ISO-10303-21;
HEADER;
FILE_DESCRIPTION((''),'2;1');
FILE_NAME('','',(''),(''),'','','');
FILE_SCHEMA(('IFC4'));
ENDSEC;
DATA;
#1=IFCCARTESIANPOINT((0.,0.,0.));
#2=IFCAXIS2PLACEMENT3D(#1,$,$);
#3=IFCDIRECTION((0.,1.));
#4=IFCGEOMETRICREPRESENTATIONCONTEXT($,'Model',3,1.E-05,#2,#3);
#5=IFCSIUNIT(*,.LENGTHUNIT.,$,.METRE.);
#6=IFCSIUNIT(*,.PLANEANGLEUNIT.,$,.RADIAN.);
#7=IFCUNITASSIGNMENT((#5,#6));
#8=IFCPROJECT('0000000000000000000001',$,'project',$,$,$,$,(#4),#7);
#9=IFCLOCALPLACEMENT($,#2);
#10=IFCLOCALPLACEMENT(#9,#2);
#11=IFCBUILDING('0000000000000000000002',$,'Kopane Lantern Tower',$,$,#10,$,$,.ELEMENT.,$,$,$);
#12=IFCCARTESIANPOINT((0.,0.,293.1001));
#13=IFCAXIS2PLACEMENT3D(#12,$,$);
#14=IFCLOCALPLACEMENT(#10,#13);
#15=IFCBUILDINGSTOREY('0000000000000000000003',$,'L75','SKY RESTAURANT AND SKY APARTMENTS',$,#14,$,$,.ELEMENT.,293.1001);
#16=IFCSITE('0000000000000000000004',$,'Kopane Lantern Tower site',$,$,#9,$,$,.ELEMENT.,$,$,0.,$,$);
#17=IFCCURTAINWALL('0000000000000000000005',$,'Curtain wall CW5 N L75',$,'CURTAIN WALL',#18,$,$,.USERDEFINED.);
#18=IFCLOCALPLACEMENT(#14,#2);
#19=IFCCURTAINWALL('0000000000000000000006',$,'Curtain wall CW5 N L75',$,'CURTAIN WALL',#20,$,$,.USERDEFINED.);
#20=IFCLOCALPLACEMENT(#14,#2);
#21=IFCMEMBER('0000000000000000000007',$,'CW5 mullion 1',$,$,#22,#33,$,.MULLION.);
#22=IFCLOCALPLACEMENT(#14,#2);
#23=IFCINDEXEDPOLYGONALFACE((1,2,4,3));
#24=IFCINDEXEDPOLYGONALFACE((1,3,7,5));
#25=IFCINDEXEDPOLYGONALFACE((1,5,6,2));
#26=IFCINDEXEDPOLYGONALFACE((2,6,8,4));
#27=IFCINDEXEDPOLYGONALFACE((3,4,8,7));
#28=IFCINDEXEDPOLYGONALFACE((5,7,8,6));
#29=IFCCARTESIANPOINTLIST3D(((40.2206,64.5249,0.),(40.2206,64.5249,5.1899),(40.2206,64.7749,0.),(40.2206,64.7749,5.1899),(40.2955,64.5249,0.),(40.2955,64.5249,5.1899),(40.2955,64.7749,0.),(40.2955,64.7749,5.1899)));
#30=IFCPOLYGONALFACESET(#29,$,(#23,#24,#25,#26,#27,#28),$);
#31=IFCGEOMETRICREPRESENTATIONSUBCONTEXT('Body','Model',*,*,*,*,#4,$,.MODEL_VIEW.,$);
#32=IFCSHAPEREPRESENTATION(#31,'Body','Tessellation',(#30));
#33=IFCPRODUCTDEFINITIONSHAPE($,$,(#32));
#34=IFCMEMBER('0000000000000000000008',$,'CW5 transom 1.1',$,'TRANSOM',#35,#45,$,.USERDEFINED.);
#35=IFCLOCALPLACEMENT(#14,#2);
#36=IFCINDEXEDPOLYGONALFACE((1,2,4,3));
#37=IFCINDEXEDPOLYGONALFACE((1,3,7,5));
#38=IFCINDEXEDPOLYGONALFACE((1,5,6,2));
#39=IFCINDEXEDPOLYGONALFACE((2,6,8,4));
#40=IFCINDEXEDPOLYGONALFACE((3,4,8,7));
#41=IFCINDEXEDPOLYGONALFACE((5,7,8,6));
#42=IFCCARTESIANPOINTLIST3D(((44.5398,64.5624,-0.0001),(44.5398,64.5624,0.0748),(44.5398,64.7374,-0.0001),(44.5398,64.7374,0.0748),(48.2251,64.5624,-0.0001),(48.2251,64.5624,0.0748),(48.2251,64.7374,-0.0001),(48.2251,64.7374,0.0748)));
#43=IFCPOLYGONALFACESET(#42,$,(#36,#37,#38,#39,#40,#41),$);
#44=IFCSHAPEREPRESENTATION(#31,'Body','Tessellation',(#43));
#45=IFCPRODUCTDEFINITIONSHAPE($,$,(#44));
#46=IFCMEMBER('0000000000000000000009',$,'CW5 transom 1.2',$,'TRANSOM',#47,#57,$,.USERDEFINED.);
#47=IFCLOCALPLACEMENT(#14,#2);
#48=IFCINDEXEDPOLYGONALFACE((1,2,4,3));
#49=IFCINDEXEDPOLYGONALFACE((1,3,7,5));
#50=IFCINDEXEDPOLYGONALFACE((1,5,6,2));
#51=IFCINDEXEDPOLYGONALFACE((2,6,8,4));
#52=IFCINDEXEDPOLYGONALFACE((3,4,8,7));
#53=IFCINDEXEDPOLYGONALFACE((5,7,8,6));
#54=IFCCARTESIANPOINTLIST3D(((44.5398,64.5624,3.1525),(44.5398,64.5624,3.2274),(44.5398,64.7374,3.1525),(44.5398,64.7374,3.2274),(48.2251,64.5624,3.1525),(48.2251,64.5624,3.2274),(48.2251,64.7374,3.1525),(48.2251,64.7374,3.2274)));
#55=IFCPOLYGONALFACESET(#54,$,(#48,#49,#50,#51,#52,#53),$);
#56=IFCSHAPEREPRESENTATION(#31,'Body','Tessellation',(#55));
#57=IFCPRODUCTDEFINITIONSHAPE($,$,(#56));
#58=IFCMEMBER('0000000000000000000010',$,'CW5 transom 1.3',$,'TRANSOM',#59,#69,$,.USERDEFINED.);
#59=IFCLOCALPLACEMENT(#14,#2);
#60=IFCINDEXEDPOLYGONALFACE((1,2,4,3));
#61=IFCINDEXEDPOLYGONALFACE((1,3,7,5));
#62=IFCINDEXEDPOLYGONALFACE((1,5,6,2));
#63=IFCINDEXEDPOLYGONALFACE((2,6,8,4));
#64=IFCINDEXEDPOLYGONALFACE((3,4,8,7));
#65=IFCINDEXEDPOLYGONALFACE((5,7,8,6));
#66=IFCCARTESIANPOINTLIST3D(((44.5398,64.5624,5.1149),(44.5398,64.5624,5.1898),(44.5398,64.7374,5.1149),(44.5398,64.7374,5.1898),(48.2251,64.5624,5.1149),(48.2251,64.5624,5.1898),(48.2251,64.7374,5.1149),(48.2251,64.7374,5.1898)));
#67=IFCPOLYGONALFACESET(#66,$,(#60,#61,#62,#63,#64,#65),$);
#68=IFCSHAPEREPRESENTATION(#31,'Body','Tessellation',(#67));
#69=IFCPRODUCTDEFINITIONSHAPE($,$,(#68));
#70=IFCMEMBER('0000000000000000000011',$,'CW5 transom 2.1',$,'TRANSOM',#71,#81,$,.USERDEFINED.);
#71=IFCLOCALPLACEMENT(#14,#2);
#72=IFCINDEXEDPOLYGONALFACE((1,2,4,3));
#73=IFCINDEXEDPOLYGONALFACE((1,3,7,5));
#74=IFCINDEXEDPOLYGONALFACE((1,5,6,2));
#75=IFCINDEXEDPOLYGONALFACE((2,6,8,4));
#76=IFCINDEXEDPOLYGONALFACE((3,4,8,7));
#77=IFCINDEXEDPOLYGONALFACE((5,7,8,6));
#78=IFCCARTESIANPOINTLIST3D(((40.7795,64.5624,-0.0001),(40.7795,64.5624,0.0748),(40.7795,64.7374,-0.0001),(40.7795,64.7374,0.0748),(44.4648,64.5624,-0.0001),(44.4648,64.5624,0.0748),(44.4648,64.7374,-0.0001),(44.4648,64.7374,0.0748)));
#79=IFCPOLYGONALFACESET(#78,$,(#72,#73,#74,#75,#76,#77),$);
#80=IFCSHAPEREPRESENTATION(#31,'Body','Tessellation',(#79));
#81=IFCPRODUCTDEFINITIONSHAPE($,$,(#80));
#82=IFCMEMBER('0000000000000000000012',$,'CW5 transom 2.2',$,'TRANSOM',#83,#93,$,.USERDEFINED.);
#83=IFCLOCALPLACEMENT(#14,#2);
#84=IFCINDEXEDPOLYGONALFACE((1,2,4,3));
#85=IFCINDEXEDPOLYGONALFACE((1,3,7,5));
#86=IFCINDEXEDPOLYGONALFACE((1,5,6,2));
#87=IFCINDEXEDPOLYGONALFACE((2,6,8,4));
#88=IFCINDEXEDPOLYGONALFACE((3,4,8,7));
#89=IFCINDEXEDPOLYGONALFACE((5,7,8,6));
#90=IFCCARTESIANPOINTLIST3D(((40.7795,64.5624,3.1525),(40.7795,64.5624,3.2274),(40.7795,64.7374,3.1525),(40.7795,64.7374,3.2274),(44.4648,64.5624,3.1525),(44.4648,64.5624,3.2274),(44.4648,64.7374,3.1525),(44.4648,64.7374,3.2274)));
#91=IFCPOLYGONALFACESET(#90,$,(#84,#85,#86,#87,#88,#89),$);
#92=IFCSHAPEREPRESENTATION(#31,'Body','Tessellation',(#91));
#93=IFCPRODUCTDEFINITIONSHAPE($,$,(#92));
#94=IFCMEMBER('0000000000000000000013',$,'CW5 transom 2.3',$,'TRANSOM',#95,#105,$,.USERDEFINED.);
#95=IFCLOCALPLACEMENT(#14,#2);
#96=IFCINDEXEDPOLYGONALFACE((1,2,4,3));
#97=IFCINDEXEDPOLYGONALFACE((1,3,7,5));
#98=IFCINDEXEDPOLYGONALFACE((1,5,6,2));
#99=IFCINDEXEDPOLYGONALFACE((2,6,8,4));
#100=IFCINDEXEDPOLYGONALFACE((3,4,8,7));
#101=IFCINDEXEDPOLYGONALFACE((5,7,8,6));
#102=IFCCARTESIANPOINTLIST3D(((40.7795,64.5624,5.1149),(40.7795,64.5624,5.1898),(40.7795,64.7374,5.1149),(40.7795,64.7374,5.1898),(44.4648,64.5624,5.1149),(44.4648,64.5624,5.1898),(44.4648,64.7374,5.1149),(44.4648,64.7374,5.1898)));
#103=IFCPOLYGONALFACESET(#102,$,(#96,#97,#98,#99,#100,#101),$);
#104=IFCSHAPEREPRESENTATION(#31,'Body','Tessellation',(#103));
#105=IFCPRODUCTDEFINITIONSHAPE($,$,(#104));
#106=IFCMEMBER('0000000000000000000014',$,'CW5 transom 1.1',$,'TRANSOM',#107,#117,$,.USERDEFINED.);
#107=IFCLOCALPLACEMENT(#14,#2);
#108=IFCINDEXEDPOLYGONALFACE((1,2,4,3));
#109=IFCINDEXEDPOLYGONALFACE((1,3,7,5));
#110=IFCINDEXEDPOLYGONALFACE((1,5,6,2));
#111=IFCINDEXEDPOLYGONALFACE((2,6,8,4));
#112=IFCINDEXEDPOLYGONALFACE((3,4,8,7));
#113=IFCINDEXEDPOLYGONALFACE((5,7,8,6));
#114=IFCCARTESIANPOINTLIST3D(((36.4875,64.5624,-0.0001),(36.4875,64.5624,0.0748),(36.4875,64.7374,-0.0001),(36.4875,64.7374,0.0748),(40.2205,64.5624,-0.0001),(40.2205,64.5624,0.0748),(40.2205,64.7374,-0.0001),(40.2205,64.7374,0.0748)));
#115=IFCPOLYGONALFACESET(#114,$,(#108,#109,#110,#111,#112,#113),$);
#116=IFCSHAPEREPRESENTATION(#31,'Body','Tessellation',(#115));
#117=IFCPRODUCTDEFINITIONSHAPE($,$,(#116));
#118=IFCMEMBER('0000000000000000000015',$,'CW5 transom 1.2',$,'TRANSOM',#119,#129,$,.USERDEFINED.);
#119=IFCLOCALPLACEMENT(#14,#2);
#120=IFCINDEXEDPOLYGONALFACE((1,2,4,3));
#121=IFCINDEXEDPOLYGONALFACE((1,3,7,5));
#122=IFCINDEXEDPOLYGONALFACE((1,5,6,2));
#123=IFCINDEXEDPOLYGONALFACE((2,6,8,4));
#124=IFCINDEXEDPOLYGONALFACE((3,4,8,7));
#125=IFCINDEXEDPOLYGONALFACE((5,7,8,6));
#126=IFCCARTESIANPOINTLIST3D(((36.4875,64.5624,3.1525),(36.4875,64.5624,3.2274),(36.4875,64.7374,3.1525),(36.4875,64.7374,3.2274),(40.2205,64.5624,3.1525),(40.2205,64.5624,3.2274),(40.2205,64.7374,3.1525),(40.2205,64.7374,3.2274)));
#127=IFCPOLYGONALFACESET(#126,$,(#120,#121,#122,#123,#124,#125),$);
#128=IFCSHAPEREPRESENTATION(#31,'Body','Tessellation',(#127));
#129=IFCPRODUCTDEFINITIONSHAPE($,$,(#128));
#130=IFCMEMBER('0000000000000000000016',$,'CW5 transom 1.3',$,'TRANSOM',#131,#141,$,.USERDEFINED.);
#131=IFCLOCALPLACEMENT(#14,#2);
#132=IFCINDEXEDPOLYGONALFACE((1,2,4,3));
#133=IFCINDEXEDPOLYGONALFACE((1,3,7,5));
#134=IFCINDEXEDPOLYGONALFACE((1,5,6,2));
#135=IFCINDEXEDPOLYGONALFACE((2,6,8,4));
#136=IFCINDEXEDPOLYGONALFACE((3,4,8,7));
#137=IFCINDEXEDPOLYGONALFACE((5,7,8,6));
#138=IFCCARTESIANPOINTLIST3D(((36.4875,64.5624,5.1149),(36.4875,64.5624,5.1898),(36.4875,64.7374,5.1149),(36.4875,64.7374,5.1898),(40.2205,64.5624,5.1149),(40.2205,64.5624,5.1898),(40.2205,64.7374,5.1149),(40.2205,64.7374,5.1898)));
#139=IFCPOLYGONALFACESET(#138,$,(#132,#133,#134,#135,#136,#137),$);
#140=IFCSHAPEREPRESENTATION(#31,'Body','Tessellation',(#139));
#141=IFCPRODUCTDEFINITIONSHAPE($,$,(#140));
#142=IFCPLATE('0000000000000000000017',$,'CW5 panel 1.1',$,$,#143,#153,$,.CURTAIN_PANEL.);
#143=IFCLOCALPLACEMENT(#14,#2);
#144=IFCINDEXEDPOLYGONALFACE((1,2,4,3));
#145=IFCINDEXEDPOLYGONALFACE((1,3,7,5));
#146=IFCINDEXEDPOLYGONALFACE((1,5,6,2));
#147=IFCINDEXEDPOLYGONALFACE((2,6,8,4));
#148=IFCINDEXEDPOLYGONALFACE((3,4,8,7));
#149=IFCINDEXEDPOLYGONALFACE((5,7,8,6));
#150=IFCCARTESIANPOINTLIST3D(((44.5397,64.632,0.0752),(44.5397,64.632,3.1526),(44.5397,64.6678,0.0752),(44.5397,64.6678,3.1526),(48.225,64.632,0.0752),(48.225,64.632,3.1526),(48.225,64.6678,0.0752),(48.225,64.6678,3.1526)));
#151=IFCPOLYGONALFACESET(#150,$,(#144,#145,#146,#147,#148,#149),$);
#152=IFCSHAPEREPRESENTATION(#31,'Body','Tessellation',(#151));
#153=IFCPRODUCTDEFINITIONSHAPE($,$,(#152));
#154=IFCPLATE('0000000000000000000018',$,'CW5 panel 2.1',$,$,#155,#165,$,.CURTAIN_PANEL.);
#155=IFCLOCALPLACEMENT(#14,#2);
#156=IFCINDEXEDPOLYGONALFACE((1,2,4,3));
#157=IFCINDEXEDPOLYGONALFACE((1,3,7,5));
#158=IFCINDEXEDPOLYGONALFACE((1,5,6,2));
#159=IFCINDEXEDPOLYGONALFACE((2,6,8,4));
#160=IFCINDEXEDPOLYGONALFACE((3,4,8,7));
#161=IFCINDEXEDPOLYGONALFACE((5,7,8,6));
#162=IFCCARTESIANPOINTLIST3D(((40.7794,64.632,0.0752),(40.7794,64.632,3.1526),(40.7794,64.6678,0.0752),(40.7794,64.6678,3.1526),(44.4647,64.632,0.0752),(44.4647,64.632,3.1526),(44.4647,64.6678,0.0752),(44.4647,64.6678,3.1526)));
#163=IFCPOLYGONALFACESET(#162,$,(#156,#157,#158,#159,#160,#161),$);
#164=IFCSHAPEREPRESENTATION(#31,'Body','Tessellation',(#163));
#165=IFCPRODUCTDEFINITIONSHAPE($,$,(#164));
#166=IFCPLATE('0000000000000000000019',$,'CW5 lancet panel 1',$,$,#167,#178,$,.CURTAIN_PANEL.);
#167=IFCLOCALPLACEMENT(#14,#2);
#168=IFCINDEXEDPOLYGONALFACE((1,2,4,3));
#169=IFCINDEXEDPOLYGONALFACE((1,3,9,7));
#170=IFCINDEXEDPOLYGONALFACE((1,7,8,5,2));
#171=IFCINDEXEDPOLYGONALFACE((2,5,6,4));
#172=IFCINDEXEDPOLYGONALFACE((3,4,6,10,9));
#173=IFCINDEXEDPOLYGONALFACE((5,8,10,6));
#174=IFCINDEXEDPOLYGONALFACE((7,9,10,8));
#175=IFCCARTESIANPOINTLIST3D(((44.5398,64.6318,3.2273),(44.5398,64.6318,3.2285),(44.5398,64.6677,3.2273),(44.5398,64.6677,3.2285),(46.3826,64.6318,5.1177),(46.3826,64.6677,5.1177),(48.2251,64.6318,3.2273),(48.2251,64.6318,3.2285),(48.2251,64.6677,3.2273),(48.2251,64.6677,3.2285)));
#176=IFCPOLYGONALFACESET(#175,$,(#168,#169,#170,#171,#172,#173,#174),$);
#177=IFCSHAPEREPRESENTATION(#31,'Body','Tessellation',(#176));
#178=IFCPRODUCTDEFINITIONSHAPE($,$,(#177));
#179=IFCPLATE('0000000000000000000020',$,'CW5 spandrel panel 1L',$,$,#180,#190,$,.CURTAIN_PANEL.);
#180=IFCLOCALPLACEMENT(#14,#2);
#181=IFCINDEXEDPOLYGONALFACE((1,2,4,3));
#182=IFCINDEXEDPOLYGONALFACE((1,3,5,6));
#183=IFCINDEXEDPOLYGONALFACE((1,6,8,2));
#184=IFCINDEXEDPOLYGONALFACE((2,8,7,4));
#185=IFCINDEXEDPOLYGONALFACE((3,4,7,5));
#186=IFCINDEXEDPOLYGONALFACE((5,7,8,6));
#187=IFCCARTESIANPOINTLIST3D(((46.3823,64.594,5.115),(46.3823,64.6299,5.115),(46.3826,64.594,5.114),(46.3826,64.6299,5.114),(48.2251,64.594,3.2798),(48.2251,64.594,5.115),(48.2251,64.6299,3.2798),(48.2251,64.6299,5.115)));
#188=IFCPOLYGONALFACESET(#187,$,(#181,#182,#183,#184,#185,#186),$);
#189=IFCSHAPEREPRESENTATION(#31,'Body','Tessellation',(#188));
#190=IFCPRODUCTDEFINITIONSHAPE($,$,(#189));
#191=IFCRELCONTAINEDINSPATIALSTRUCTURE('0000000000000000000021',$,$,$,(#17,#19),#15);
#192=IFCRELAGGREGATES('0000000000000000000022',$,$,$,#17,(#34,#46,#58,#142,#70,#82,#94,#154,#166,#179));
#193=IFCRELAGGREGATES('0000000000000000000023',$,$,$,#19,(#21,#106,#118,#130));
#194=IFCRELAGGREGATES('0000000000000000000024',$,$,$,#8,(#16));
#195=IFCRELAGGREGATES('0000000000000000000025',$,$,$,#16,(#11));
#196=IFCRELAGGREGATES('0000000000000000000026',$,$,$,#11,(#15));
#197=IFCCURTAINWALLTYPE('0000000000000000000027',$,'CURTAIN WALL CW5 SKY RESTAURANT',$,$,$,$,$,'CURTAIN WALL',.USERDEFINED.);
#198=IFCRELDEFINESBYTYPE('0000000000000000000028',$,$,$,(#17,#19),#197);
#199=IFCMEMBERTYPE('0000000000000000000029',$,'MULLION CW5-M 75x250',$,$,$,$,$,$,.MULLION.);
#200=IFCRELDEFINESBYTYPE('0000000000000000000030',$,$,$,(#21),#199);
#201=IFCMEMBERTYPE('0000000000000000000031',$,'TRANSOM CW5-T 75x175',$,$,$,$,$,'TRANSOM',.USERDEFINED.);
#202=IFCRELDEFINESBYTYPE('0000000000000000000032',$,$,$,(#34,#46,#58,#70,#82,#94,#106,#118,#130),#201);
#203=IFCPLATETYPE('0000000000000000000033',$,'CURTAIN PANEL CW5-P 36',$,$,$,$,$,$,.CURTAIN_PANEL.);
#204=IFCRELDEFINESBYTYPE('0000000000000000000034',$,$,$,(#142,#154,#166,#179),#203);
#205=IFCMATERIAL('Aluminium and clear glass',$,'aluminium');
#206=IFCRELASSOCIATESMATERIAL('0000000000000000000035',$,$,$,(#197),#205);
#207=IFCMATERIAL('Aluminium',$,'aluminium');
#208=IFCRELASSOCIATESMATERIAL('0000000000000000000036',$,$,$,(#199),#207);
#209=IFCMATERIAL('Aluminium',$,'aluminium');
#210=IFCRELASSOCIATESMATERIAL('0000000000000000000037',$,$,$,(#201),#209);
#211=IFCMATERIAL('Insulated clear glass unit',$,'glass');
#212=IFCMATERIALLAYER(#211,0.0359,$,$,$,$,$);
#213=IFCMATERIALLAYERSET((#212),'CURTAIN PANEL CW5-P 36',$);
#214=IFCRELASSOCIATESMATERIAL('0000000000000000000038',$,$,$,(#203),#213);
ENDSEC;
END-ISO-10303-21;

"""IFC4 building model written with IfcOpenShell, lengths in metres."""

from ifc_helpers import new_model, si_unit, direction, frame, origin, origin_2d, place, context, subcontext, project, spatial, polyline, rectangle, outline, extrude, material, layer, layer_set, material_profile, profile_set, type_object, element, aggregate, save


model = new_model("IFC4")

# Units and contexts
model_context = context("Model", 3, precision=1e-05, world=origin(), true_north=direction((0.0, 1.0)))
body_context = subcontext(model_context, "Body", "Model", "MODEL_VIEW")
ifc_project = project(units=[si_unit("LENGTHUNIT", "METRE"), si_unit("PLANEANGLEUNIT", "RADIAN")], contexts=[model_context])

# Site, building, storey
site_placement = place(None, origin())
site = spatial("IfcSite", under=ifc_project, at=site_placement, Name="Kopane Lantern Tower site", CompositionType="ELEMENT", RefElevation=0.0)
building_placement = place(site_placement, origin())
building = spatial("IfcBuilding", under=site, at=building_placement, Name="Kopane Lantern Tower", CompositionType="ELEMENT")
storey_placement = place(building_placement, frame((0.0, 0.0, 293.1001)))
storey = spatial("IfcBuildingStorey", under=building, at=storey_placement, Name="L75", Description="SKY RESTAURANT AND SKY APARTMENTS", CompositionType="ELEMENT", Elevation=293.1001)

# Curtain wall
ifc_material_1 = material(Name="Aluminium and clear glass", Category="aluminium")
curtain_wall_type = type_object("IfcCurtainWallType", Name="CURTAIN WALL CW5 SKY RESTAURANT", ElementType="CURTAIN WALL", PredefinedType="USERDEFINED", material=ifc_material_1)
curtain_wall_1_placement = place(storey_placement, origin())
curtain_wall_1 = element("IfcCurtainWall", 1, at=curtain_wall_1_placement, inside=storey, type_object=curtain_wall_type, Name="Curtain wall CW5 N L75", ObjectType="CURTAIN WALL", PredefinedType="USERDEFINED")
ifc_material_2 = material(Name="Aluminium", Category="aluminium")
ifc_material_profile_1 = material_profile(ifc_material_2, rectangle(XDim=0.075, YDim=0.25, at=origin_2d()), Name="AL 75x250")
ifc_profile_set_1 = profile_set([ifc_material_profile_1], Name="Aluminium")
member_type_1 = type_object("IfcMemberType", Name="MULLION CW5-M 75x250", PredefinedType="MULLION", material=ifc_profile_set_1)

# Curtain wall, member
curtain_wall_2_placement = place(storey_placement, origin())
curtain_wall_2 = element("IfcCurtainWall", 2, at=curtain_wall_2_placement, inside=storey, type_object=curtain_wall_type, Name="Curtain wall CW5 N L75", ObjectType="CURTAIN WALL", PredefinedType="USERDEFINED")
member_1_placement = place(storey_placement, frame((40.2581, 64.6499, 0.0), z_axis=(0.0, 0.0, 1.0), x_axis=(-1.0, 0.0, 0.0)))
member_1 = element("IfcMember", 3, at=member_1_placement, type_object=member_type_1, Name="CW5 mullion 1", PredefinedType="MULLION", context=body_context, shape_type="SweptSolid", body=[
    extrude(rectangle(XDim=0.075, YDim=0.25, at=origin_2d()), origin(), (0.0, 0.0, 1.0), 5.1899),
])

# Members
ifc_material_3 = material(Name="Aluminium", Category="aluminium")
ifc_material_profile_2 = material_profile(ifc_material_3, rectangle(XDim=0.175, YDim=0.075, at=origin_2d()), Name="AL 175x75")
ifc_profile_set_2 = profile_set([ifc_material_profile_2], Name="Aluminium")
member_type_2 = type_object("IfcMemberType", Name="TRANSOM CW5-T 75x175", ElementType="TRANSOM", PredefinedType="USERDEFINED", material=ifc_profile_set_2)
member_2_placement = place(storey_placement, frame((48.2251, 64.6499, 0.0374), z_axis=(-1.0, 0.0, 0.0), x_axis=(0.0, -1.0, 0.0)))
member_2 = element("IfcMember", 4, at=member_2_placement, type_object=member_type_2, Name="CW5 transom 1.1", ObjectType="TRANSOM", PredefinedType="USERDEFINED", context=body_context, shape_type="SweptSolid", body=[
    extrude(rectangle(XDim=0.175, YDim=0.075, at=origin_2d()), origin(), (0.0, 0.0, 1.0), 3.6853),
])
member_3_placement = place(storey_placement, frame((48.2251, 64.6499, 3.1899), z_axis=(-1.0, 0.0, 0.0), x_axis=(0.0, -1.0, 0.0)))
member_3 = element("IfcMember", 5, at=member_3_placement, type_object=member_type_2, Name="CW5 transom 1.2", ObjectType="TRANSOM", PredefinedType="USERDEFINED", context=body_context, shape_type="SweptSolid", body=[
    extrude(rectangle(XDim=0.175, YDim=0.075, at=origin_2d()), origin(), (0.0, 0.0, 1.0), 3.6853),
])
member_4_placement = place(storey_placement, frame((48.2251, 64.6499, 5.1523), z_axis=(-1.0, 0.0, 0.0), x_axis=(0.0, -1.0, 0.0)))
member_4 = element("IfcMember", 6, at=member_4_placement, type_object=member_type_2, Name="CW5 transom 1.3", ObjectType="TRANSOM", PredefinedType="USERDEFINED", context=body_context, shape_type="SweptSolid", body=[
    extrude(rectangle(XDim=0.175, YDim=0.075, at=origin_2d()), origin(), (0.0, 0.0, 1.0), 3.6853),
])
member_5_placement = place(storey_placement, frame((44.4648, 64.6499, 0.0374), z_axis=(-1.0, 0.0, 0.0), x_axis=(0.0, -1.0, 0.0)))
member_5 = element("IfcMember", 7, at=member_5_placement, type_object=member_type_2, Name="CW5 transom 2.1", ObjectType="TRANSOM", PredefinedType="USERDEFINED", context=body_context, shape_type="SweptSolid", body=[
    extrude(rectangle(XDim=0.175, YDim=0.075, at=origin_2d()), origin(), (0.0, 0.0, 1.0), 3.6853),
])
member_6_placement = place(storey_placement, frame((44.4648, 64.6499, 3.1899), z_axis=(-1.0, 0.0, 0.0), x_axis=(0.0, -1.0, 0.0)))
member_6 = element("IfcMember", 8, at=member_6_placement, type_object=member_type_2, Name="CW5 transom 2.2", ObjectType="TRANSOM", PredefinedType="USERDEFINED", context=body_context, shape_type="SweptSolid", body=[
    extrude(rectangle(XDim=0.175, YDim=0.075, at=origin_2d()), origin(), (0.0, 0.0, 1.0), 3.6853),
])
member_7_placement = place(storey_placement, frame((44.4648, 64.6499, 5.1523), z_axis=(-1.0, 0.0, 0.0), x_axis=(0.0, -1.0, 0.0)))
member_7 = element("IfcMember", 9, at=member_7_placement, type_object=member_type_2, Name="CW5 transom 2.3", ObjectType="TRANSOM", PredefinedType="USERDEFINED", context=body_context, shape_type="SweptSolid", body=[
    extrude(rectangle(XDim=0.175, YDim=0.075, at=origin_2d()), origin(), (0.0, 0.0, 1.0), 3.6853),
])
member_8_placement = place(storey_placement, frame((40.2205, 64.6499, 0.0374), z_axis=(-1.0, 0.0, 0.0), x_axis=(0.0, -1.0, 0.0)))
member_8 = element("IfcMember", 10, at=member_8_placement, type_object=member_type_2, Name="CW5 transom 1.1", ObjectType="TRANSOM", PredefinedType="USERDEFINED", context=body_context, shape_type="SweptSolid", body=[
    extrude(rectangle(XDim=0.175, YDim=0.075, at=origin_2d()), origin(), (0.0, 0.0, 1.0), 3.7329),
])
member_9_placement = place(storey_placement, frame((40.2205, 64.6499, 3.1899), z_axis=(-1.0, 0.0, 0.0), x_axis=(0.0, -1.0, 0.0)))
member_9 = element("IfcMember", 11, at=member_9_placement, type_object=member_type_2, Name="CW5 transom 1.2", ObjectType="TRANSOM", PredefinedType="USERDEFINED", context=body_context, shape_type="SweptSolid", body=[
    extrude(rectangle(XDim=0.175, YDim=0.075, at=origin_2d()), origin(), (0.0, 0.0, 1.0), 3.7329),
])
member_10_placement = place(storey_placement, frame((40.2205, 64.6499, 5.1523), z_axis=(-1.0, 0.0, 0.0), x_axis=(0.0, -1.0, 0.0)))
member_10 = element("IfcMember", 12, at=member_10_placement, type_object=member_type_2, Name="CW5 transom 1.3", ObjectType="TRANSOM", PredefinedType="USERDEFINED", context=body_context, shape_type="SweptSolid", body=[
    extrude(rectangle(XDim=0.175, YDim=0.075, at=origin_2d()), origin(), (0.0, 0.0, 1.0), 3.7329),
])

# Plates
ifc_material_4 = material(Name="Insulated clear glass unit", Category="glass")
ifc_layer = layer(ifc_material_4, 0.0359)
ifc_layer_set = layer_set([ifc_layer], Name="CURTAIN PANEL CW5-P 36")
plate_type = type_object("IfcPlateType", Name="CURTAIN PANEL CW5-P 36", PredefinedType="CURTAIN_PANEL", material=ifc_layer_set)
plate_1_placement = place(storey_placement, frame((46.3823, 64.6499, 0.0752), z_axis=(0.0, 0.0, 1.0), x_axis=(-1.0, 0.0, 0.0)))
plate_1 = element("IfcPlate", 13, at=plate_1_placement, type_object=plate_type, Name="CW5 panel 1.1", PredefinedType="CURTAIN_PANEL", context=body_context, shape_type="SweptSolid", body=[
    extrude(rectangle(XDim=3.6853, YDim=0.0359, at=origin_2d()), origin(), (0.0, 0.0, 1.0), 3.0774),
])
plate_2_placement = place(storey_placement, frame((42.6221, 64.6499, 0.0752), z_axis=(0.0, 0.0, 1.0), x_axis=(-1.0, 0.0, 0.0)))
plate_2 = element("IfcPlate", 14, at=plate_2_placement, type_object=plate_type, Name="CW5 panel 2.1", PredefinedType="CURTAIN_PANEL", context=body_context, shape_type="SweptSolid", body=[
    extrude(rectangle(XDim=3.6853, YDim=0.0359, at=origin_2d()), origin(), (0.0, 0.0, 1.0), 3.0774),
])
plate_3_placement = place(storey_placement, frame((48.2251, 64.6499, 3.2273), z_axis=(0.0, 0.0, 1.0), x_axis=(-1.0, 0.0, 0.0)))
plate_3 = element("IfcPlate", 15, at=plate_3_placement, type_object=plate_type, Name="CW5 lancet panel 1", PredefinedType="CURTAIN_PANEL", context=body_context, shape_type="SweptSolid", body=[
    extrude(outline(polyline([(0.0, 0.0), (3.6853, 0.0), (3.6853, 0.0012), (1.8425, 1.8904), (0.0, 0.0012), (0.0, 0.0)])), frame((0.0, 0.0181, 0.0), z_axis=(0.0, -1.0, 0.0), x_axis=(1.0, 0.0, 0.0)), (0.0, 0.0, 1.0), 0.0359),
])
plate_4_placement = place(storey_placement, frame((48.2251, 64.6121, 5.115), z_axis=(0.0, 0.0, 1.0), x_axis=(-1.0, 0.0, 0.0)))
plate_4 = element("IfcPlate", 16, at=plate_4_placement, type_object=plate_type, Name="CW5 spandrel panel 1L", PredefinedType="CURTAIN_PANEL", context=body_context, shape_type="SweptSolid", body=[
    extrude(outline(polyline([(0.0, 0.0), (1.8428, 0.0), (1.8425, -0.001), (0.0, -1.8352), (0.0, 0.0)])), frame((0.0, 0.0181, 0.0), z_axis=(0.0, -1.0, 0.0), x_axis=(1.0, 0.0, 0.0)), (0.0, 0.0, 1.0), 0.0359),
])
aggregate(curtain_wall_1, [member_2, member_3, member_4, plate_1, member_5, member_6, member_7, plate_2, plate_3, plate_4])
aggregate(curtain_wall_2, [member_1, member_8, member_9, member_10])

save(model, "model.ifc")
